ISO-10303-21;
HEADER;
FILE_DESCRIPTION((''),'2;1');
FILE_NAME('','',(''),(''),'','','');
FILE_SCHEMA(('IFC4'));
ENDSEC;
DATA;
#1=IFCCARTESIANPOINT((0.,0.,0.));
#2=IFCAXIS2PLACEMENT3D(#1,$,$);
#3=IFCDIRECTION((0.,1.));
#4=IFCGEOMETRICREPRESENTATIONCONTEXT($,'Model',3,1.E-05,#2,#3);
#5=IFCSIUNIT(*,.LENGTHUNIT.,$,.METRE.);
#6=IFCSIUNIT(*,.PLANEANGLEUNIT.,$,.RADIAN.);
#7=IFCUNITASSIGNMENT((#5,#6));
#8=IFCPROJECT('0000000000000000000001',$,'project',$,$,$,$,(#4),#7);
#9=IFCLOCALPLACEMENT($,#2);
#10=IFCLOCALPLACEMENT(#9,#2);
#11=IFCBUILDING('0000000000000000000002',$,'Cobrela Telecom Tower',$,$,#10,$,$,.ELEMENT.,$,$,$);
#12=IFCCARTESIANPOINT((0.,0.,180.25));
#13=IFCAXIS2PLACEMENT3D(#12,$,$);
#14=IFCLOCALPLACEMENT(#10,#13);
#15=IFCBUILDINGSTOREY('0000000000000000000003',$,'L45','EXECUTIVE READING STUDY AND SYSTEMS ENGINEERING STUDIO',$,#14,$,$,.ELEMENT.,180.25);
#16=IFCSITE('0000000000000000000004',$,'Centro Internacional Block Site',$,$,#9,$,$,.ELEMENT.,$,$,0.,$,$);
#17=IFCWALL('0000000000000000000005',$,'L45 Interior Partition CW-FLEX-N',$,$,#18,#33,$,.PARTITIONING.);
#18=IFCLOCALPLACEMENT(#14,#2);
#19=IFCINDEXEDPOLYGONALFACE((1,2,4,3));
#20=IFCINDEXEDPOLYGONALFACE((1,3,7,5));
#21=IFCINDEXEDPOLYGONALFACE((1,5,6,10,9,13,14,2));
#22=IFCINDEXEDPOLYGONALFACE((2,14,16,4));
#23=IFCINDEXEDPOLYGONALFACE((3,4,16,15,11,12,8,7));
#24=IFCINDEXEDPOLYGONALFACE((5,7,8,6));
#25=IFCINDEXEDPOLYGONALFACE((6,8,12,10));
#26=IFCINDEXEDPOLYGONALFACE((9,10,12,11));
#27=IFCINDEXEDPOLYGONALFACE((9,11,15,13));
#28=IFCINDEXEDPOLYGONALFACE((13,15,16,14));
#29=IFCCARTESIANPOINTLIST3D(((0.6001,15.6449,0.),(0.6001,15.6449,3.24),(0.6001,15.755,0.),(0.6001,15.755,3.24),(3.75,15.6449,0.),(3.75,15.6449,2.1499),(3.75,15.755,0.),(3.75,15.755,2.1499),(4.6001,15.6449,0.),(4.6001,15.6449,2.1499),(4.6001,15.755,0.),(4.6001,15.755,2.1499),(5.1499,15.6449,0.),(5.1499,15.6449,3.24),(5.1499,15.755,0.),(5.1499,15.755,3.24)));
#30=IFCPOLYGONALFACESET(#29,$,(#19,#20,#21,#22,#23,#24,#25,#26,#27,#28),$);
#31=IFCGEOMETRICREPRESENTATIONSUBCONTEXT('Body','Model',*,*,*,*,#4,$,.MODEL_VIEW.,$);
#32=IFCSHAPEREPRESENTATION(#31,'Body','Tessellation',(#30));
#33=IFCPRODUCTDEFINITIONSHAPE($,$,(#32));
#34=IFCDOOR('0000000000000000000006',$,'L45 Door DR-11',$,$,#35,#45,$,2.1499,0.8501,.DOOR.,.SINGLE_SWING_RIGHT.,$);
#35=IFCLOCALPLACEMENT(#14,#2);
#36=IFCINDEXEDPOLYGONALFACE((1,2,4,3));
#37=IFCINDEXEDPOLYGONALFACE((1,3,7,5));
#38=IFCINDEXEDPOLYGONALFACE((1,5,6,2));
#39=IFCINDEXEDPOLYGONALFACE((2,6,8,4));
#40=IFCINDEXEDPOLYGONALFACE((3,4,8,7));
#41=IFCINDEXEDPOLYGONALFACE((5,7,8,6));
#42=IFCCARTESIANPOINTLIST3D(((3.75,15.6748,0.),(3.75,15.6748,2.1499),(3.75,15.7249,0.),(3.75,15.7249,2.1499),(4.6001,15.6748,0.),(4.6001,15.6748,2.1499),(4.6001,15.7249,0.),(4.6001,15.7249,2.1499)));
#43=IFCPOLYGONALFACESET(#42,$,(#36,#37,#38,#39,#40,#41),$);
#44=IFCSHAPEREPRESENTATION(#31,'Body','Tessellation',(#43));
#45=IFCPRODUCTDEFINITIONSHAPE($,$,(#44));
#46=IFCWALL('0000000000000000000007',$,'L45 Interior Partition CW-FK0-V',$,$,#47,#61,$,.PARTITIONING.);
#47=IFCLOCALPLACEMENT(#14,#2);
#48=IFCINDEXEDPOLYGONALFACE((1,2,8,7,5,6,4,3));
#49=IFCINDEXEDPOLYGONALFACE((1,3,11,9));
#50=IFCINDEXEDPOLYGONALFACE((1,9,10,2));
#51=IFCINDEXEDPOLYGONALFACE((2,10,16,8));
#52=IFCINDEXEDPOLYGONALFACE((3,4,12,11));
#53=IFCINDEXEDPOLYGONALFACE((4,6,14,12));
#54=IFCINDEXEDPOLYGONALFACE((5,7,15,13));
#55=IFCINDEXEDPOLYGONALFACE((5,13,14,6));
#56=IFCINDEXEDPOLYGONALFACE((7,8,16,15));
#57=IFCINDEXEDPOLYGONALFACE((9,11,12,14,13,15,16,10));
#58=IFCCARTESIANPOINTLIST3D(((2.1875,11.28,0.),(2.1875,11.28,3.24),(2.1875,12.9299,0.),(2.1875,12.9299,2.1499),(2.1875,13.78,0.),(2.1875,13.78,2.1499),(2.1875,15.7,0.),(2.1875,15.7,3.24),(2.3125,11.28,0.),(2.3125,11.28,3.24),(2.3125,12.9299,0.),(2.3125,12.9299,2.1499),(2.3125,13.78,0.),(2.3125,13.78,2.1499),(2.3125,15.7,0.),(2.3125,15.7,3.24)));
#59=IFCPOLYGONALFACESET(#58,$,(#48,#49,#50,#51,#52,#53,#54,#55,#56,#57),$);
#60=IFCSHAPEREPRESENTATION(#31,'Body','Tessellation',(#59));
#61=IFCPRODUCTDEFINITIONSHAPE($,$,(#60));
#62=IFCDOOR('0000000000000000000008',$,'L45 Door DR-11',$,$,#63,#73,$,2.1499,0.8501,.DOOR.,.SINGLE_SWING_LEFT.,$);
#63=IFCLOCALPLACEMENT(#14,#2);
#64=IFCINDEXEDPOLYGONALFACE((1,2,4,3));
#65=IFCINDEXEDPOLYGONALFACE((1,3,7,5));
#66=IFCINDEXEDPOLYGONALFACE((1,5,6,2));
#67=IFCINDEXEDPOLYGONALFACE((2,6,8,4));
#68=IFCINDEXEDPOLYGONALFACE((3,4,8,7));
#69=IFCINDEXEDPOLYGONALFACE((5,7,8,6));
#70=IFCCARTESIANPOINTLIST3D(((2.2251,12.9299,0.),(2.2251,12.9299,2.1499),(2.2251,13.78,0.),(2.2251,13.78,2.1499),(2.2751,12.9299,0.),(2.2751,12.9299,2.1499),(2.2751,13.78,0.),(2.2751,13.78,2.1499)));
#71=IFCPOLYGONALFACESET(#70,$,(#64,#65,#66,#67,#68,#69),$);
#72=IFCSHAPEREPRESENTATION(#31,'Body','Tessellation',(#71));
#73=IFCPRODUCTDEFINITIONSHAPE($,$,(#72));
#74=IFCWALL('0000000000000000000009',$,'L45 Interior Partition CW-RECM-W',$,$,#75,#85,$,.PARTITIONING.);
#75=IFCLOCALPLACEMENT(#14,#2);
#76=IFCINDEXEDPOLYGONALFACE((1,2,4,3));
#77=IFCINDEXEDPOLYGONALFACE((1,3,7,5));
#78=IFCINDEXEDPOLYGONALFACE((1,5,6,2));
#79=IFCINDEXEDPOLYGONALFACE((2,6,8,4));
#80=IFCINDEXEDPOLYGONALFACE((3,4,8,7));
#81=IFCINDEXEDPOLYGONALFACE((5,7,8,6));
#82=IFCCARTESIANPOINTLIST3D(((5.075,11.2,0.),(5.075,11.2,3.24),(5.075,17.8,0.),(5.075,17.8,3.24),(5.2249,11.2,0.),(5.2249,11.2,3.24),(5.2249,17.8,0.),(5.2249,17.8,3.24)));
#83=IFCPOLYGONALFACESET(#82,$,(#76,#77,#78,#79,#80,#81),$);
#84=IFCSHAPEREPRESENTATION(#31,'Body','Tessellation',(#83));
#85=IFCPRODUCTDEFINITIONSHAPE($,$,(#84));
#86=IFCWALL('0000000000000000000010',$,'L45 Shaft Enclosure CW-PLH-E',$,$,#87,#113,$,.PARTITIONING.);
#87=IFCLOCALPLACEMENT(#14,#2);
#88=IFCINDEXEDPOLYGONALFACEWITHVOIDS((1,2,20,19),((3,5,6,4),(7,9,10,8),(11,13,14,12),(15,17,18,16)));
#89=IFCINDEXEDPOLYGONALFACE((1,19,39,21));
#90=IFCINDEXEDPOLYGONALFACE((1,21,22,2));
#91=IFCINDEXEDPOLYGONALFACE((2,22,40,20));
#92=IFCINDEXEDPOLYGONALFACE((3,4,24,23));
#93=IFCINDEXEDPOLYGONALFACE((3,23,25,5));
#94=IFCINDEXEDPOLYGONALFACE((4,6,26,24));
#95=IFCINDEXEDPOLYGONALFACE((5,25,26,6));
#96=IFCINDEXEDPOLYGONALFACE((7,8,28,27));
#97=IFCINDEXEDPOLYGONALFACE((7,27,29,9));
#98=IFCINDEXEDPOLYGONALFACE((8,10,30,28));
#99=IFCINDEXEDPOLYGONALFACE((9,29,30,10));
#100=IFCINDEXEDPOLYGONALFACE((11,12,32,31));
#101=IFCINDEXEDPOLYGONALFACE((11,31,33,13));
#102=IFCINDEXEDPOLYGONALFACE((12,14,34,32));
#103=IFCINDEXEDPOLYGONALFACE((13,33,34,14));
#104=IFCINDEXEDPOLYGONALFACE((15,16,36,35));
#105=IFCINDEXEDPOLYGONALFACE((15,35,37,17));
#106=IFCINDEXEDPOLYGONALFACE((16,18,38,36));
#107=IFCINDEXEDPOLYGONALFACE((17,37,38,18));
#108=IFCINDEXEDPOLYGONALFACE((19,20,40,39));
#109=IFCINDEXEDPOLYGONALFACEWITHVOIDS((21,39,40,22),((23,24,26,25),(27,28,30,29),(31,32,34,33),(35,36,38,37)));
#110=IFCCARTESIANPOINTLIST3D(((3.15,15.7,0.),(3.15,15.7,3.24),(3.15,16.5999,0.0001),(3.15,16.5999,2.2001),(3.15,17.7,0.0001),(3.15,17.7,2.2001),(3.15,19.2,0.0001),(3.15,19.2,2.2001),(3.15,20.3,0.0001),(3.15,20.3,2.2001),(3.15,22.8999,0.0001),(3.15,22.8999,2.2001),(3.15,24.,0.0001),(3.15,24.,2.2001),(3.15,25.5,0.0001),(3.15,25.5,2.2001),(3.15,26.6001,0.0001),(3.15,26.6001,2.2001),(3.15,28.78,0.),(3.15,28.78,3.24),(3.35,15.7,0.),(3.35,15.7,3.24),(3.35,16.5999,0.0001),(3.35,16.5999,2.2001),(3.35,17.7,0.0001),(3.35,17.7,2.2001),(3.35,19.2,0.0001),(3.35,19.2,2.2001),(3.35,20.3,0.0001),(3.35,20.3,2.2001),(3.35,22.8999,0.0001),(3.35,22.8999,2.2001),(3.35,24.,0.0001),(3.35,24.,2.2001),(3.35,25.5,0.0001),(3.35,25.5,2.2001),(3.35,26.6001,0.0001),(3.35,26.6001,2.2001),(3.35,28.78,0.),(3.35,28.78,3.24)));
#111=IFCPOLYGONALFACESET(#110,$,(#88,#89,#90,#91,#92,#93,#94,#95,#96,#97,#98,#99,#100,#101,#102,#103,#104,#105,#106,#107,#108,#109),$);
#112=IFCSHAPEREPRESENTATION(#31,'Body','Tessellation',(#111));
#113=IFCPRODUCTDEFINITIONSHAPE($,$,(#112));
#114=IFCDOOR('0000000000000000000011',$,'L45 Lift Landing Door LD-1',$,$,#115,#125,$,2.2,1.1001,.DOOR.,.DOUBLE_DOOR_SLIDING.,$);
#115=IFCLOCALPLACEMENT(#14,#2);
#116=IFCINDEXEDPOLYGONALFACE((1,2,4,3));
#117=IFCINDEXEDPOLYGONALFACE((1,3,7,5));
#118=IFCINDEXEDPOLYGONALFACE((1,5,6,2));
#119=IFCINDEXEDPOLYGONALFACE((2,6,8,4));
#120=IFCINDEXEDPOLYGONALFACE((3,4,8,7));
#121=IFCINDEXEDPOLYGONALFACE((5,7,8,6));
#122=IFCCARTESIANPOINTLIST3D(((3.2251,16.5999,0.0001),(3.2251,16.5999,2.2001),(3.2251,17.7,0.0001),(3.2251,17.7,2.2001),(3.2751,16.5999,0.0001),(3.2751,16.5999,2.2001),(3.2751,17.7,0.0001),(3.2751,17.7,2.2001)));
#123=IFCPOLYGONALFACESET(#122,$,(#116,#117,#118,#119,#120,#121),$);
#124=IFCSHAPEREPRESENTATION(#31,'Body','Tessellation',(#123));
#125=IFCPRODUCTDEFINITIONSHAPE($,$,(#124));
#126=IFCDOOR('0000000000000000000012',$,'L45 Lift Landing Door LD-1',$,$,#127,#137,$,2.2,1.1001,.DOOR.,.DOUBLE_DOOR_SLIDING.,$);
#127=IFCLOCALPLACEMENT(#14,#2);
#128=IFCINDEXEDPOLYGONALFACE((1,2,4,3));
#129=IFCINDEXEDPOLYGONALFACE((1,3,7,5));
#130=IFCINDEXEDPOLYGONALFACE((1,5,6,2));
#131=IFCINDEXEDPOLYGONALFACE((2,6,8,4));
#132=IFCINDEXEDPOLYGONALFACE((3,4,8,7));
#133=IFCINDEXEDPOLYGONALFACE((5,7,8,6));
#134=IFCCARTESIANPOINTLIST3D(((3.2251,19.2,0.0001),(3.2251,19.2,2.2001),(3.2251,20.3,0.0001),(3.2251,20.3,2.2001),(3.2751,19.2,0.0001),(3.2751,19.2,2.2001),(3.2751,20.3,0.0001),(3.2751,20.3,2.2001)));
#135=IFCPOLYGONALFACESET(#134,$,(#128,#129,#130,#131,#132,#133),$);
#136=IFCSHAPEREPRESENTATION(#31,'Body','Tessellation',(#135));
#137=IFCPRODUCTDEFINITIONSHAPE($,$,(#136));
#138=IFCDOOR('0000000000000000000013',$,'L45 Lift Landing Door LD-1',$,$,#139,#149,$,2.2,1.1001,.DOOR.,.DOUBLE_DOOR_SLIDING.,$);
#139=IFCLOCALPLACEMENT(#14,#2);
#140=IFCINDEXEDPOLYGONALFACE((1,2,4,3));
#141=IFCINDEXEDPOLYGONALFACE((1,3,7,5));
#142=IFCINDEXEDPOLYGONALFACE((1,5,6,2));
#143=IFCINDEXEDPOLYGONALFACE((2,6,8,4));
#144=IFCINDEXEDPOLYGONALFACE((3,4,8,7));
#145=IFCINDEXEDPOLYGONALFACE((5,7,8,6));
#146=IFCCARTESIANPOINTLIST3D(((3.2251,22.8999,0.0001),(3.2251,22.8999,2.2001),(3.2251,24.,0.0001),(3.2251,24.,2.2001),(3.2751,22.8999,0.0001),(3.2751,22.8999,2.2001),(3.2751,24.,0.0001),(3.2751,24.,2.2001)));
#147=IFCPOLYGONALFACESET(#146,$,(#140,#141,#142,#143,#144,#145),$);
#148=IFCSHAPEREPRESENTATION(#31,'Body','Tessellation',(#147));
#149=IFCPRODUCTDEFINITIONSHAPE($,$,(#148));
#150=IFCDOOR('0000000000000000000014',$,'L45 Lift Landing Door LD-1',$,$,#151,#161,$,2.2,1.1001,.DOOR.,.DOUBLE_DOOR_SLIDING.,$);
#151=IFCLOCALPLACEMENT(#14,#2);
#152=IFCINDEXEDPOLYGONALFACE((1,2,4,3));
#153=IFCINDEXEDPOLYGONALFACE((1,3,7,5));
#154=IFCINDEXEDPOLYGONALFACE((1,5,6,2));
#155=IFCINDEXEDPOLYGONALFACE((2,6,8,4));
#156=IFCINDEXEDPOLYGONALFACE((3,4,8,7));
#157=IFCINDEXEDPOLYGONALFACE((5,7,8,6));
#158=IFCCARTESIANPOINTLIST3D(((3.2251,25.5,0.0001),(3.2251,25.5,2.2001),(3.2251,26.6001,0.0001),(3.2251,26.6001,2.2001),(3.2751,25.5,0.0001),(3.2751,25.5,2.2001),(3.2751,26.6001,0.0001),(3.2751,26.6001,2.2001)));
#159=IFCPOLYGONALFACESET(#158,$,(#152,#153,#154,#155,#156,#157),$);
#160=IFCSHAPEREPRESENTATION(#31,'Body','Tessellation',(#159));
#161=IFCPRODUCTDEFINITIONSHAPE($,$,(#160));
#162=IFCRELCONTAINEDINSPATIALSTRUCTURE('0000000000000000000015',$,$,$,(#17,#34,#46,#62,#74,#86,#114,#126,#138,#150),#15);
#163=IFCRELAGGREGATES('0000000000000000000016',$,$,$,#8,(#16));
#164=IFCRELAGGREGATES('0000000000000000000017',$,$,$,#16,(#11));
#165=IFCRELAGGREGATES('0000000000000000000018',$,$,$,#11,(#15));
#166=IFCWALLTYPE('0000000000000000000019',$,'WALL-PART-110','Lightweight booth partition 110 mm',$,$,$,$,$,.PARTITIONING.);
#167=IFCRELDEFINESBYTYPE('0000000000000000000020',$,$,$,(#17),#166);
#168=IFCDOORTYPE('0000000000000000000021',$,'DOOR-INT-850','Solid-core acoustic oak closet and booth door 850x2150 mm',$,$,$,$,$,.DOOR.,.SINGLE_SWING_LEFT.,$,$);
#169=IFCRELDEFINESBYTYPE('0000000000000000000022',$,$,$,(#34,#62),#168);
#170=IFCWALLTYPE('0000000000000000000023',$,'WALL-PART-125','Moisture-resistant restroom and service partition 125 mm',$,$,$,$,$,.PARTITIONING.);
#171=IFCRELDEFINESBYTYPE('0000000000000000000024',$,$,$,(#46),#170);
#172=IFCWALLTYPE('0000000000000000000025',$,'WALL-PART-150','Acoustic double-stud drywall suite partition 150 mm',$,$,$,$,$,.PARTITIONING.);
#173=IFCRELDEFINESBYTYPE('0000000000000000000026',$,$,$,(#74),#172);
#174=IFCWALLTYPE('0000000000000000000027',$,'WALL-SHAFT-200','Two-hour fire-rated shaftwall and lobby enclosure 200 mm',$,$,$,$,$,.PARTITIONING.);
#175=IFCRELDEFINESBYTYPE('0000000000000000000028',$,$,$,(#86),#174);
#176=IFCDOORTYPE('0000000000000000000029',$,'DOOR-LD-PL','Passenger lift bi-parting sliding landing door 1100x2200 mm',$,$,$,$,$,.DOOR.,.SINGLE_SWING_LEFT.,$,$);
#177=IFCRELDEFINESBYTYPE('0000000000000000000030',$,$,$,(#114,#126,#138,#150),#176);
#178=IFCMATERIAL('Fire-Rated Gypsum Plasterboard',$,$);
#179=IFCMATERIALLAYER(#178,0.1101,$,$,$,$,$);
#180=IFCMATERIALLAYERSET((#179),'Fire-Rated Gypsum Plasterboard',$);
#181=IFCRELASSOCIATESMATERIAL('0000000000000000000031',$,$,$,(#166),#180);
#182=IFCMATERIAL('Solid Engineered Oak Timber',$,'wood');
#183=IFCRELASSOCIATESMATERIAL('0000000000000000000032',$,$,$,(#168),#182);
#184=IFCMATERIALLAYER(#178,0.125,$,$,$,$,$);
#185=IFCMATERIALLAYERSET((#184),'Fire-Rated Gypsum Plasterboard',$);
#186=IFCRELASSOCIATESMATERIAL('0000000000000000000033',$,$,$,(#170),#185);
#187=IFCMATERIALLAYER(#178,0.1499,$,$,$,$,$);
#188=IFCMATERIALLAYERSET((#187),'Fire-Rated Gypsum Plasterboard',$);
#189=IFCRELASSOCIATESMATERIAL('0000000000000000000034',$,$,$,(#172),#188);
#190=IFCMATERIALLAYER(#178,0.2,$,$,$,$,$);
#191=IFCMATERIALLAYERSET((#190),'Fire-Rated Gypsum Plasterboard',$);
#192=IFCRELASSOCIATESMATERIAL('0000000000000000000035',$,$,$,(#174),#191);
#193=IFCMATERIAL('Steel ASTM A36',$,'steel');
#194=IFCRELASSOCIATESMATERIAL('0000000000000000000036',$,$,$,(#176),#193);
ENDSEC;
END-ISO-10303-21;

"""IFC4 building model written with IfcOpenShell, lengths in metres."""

from ifc_helpers import new_model, si_unit, direction, frame, frame_2d, origin, place, context, subcontext, project, spatial, rectangle, extrude, material, layer, layer_set, type_object, element, fill, save


model = new_model("IFC4")

# Units and contexts
model_context = context("Model", 3, precision=1e-05, world=origin(), true_north=direction((0.0, 1.0)))
body_context = subcontext(model_context, "Body", "Model", "MODEL_VIEW")
ifc_project = project(units=[si_unit("LENGTHUNIT", "METRE"), si_unit("PLANEANGLEUNIT", "RADIAN")], contexts=[model_context])

# Site, building, storey
site_placement = place(None, origin())
site = spatial("IfcSite", under=ifc_project, at=site_placement, Name="Centro Internacional Block Site", CompositionType="ELEMENT", RefElevation=0.0)
building_placement = place(site_placement, origin())
building = spatial("IfcBuilding", under=site, at=building_placement, Name="Cobrela Telecom Tower", CompositionType="ELEMENT")
storey_placement = place(building_placement, frame((0.0, 0.0, 180.25)))
storey = spatial("IfcBuildingStorey", under=building, at=storey_placement, Name="L45", Description="EXECUTIVE READING STUDY AND SYSTEMS ENGINEERING STUDIO", CompositionType="ELEMENT", Elevation=180.25)

# Walls, openings, doors
ifc_material_1 = material(Name="Fire-Rated Gypsum Plasterboard")
ifc_layer_1 = layer(ifc_material_1, 0.1101)
ifc_layer_set_1 = layer_set([ifc_layer_1], Name="Fire-Rated Gypsum Plasterboard")
wall_type_1 = type_object("IfcWallType", Name="WALL-PART-110", Description="Lightweight booth partition 110 mm", PredefinedType="PARTITIONING", material=ifc_layer_set_1)
wall_1_placement = place(storey_placement, frame((0.6001, 15.7, 0.0), z_axis=(0.0, 0.0, 1.0), x_axis=(1.0, 0.0, 0.0)))
wall_1 = element("IfcWall", 1, at=wall_1_placement, inside=storey, type_object=wall_type_1, Name="L45 Interior Partition CW-FLEX-N", PredefinedType="PARTITIONING", context=body_context, shape_type="SweptSolid", body=[
    extrude(rectangle(XDim=4.5498, YDim=0.1101, at=frame_2d((2.2749, 0.0))), origin(), (0.0, 0.0, 1.0), 3.24),
])
opening_1_placement = place(wall_1_placement, frame((3.1499, 0.0, 0.0)))
opening_1 = element("IfcOpeningElement", 2, at=opening_1_placement, cuts=wall_1, PredefinedType="OPENING", context=body_context, shape_type="SweptSolid", body=[
    extrude(rectangle(XDim=0.8501, YDim=2.1499, at=frame_2d((0.425, 1.075))), frame((0.0, 0.0669, 0.0), z_axis=(0.0, -1.0, 0.0), x_axis=(1.0, 0.0, 0.0)), (0.0, 0.0, 1.0), 0.134),
])
ifc_material_2 = material(Name="Solid Engineered Oak Timber", Category="wood")
door_type_1 = type_object("IfcDoorType", Name="DOOR-INT-850", Description="Solid-core acoustic oak closet and booth door 850x2150 mm", OperationType="SINGLE_SWING_LEFT", PredefinedType="DOOR", material=ifc_material_2)
door_1_placement = place(opening_1_placement, origin())
door_1 = element("IfcDoor", 3, at=door_1_placement, inside=storey, type_object=door_type_1, Name="L45 Door DR-11", OperationType="SINGLE_SWING_RIGHT", OverallHeight=2.1499, OverallWidth=0.8501, PredefinedType="DOOR", context=body_context, shape_type="SweptSolid", body=[
    extrude(rectangle(XDim=0.8501, YDim=2.1499, at=frame_2d((0.425, 1.075))), frame((0.0, 0.0249, 0.0), z_axis=(0.0, -1.0, 0.0), x_axis=(1.0, 0.0, 0.0)), (0.0, 0.0, 1.0), 0.05),
])
fill(opening_1, door_1)
ifc_layer_2 = layer(ifc_material_1, 0.125)
ifc_layer_set_2 = layer_set([ifc_layer_2], Name="Fire-Rated Gypsum Plasterboard")
wall_type_2 = type_object("IfcWallType", Name="WALL-PART-125", Description="Moisture-resistant restroom and service partition 125 mm", PredefinedType="PARTITIONING", material=ifc_layer_set_2)
wall_2_placement = place(storey_placement, frame((2.25, 11.28, 0.0), z_axis=(0.0, 0.0, 1.0), x_axis=(0.0, 1.0, 0.0)))
wall_2 = element("IfcWall", 4, at=wall_2_placement, inside=storey, type_object=wall_type_2, Name="L45 Interior Partition CW-FK0-V", PredefinedType="PARTITIONING", context=body_context, shape_type="SweptSolid", body=[
    extrude(rectangle(XDim=4.4199, YDim=0.125, at=frame_2d((2.21, 0.0))), origin(), (0.0, 0.0, 1.0), 3.24),
])
opening_2_placement = place(wall_2_placement, frame((1.6499, 0.0, 0.0)))
opening_2 = element("IfcOpeningElement", 5, at=opening_2_placement, cuts=wall_2, PredefinedType="OPENING", context=body_context, shape_type="SweptSolid", body=[
    extrude(rectangle(XDim=0.8501, YDim=2.1499, at=frame_2d((0.425, 1.075))), frame((0.0, 0.0745, 0.0), z_axis=(0.0, -1.0, 0.0), x_axis=(1.0, 0.0, 0.0)), (0.0, 0.0, 1.0), 0.1489),
])
door_2_placement = place(opening_2_placement, origin())
door_2 = element("IfcDoor", 6, at=door_2_placement, inside=storey, type_object=door_type_1, Name="L45 Door DR-11", OperationType="SINGLE_SWING_LEFT", OverallHeight=2.1499, OverallWidth=0.8501, PredefinedType="DOOR", context=body_context, shape_type="SweptSolid", body=[
    extrude(rectangle(XDim=0.8501, YDim=2.1499, at=frame_2d((0.425, 1.075))), frame((0.0, 0.0249, 0.0), z_axis=(0.0, -1.0, 0.0), x_axis=(1.0, 0.0, 0.0)), (0.0, 0.0, 1.0), 0.05),
])
fill(opening_2, door_2)

# Wall
ifc_layer_3 = layer(ifc_material_1, 0.1499)
ifc_layer_set_3 = layer_set([ifc_layer_3], Name="Fire-Rated Gypsum Plasterboard")
wall_type_3 = type_object("IfcWallType", Name="WALL-PART-150", Description="Acoustic double-stud drywall suite partition 150 mm", PredefinedType="PARTITIONING", material=ifc_layer_set_3)
wall_3_placement = place(storey_placement, frame((5.1499, 11.2, 0.0), z_axis=(0.0, 0.0, 1.0), x_axis=(0.0, 1.0, 0.0)))
element("IfcWall", 7, at=wall_3_placement, inside=storey, type_object=wall_type_3, Name="L45 Interior Partition CW-RECM-W", PredefinedType="PARTITIONING", context=body_context, shape_type="SweptSolid", body=[
    extrude(rectangle(XDim=6.6001, YDim=0.1499, at=frame_2d((3.3, 0.0))), origin(), (0.0, 0.0, 1.0), 3.24),
])

# Wall, openings, doors
ifc_layer_4 = layer(ifc_material_1, 0.2)
ifc_layer_set_4 = layer_set([ifc_layer_4], Name="Fire-Rated Gypsum Plasterboard")
wall_type_4 = type_object("IfcWallType", Name="WALL-SHAFT-200", Description="Two-hour fire-rated shaftwall and lobby enclosure 200 mm", PredefinedType="PARTITIONING", material=ifc_layer_set_4)
wall_4_placement = place(storey_placement, frame((3.25, 15.7, 0.0), z_axis=(0.0, 0.0, 1.0), x_axis=(0.0, 1.0, 0.0)))
wall_4 = element("IfcWall", 8, at=wall_4_placement, inside=storey, type_object=wall_type_4, Name="L45 Shaft Enclosure CW-PLH-E", PredefinedType="PARTITIONING", context=body_context, shape_type="SweptSolid", body=[
    extrude(rectangle(XDim=13.0801, YDim=0.2, at=frame_2d((6.54, 0.0))), origin(), (0.0, 0.0, 1.0), 3.24),
])
opening_3_placement = place(wall_4_placement, frame((0.8999, 0.0, 0.0)))
opening_3 = element("IfcOpeningElement", 9, at=opening_3_placement, cuts=wall_4, PredefinedType="OPENING", context=body_context, shape_type="SweptSolid", body=[
    extrude(rectangle(XDim=1.1001, YDim=2.2, at=frame_2d((0.55, 1.1001))), frame((0.0, 0.1118, 0.0), z_axis=(0.0, -1.0, 0.0), x_axis=(1.0, 0.0, 0.0)), (0.0, 0.0, 1.0), 0.2239),
])
opening_4_placement = place(wall_4_placement, frame((3.5, 0.0, 0.0)))
opening_4 = element("IfcOpeningElement", 10, at=opening_4_placement, cuts=wall_4, PredefinedType="OPENING", context=body_context, shape_type="SweptSolid", body=[
    extrude(rectangle(XDim=1.1001, YDim=2.2, at=frame_2d((0.55, 1.1001))), frame((0.0, 0.1118, 0.0), z_axis=(0.0, -1.0, 0.0), x_axis=(1.0, 0.0, 0.0)), (0.0, 0.0, 1.0), 0.2239),
])
opening_5_placement = place(wall_4_placement, frame((7.2, 0.0, 0.0)))
opening_5 = element("IfcOpeningElement", 11, at=opening_5_placement, cuts=wall_4, PredefinedType="OPENING", context=body_context, shape_type="SweptSolid", body=[
    extrude(rectangle(XDim=1.1001, YDim=2.2, at=frame_2d((0.55, 1.1001))), frame((0.0, 0.1118, 0.0), z_axis=(0.0, -1.0, 0.0), x_axis=(1.0, 0.0, 0.0)), (0.0, 0.0, 1.0), 0.2239),
])
opening_6_placement = place(wall_4_placement, frame((9.8, 0.0, 0.0)))
opening_6 = element("IfcOpeningElement", 12, at=opening_6_placement, cuts=wall_4, PredefinedType="OPENING", context=body_context, shape_type="SweptSolid", body=[
    extrude(rectangle(XDim=1.1001, YDim=2.2, at=frame_2d((0.55, 1.1001))), frame((0.0, 0.1118, 0.0), z_axis=(0.0, -1.0, 0.0), x_axis=(1.0, 0.0, 0.0)), (0.0, 0.0, 1.0), 0.2239),
])
ifc_material_3 = material(Name="Steel ASTM A36", Category="steel")
door_type_2 = type_object("IfcDoorType", Name="DOOR-LD-PL", Description="Passenger lift bi-parting sliding landing door 1100x2200 mm", OperationType="SINGLE_SWING_LEFT", PredefinedType="DOOR", material=ifc_material_3)
door_3_placement = place(opening_3_placement, origin())
door_3 = element("IfcDoor", 13, at=door_3_placement, inside=storey, type_object=door_type_2, Name="L45 Lift Landing Door LD-1", OperationType="DOUBLE_DOOR_SLIDING", OverallHeight=2.2, OverallWidth=1.1001, PredefinedType="DOOR", context=body_context, shape_type="SweptSolid", body=[
    extrude(rectangle(XDim=1.1001, YDim=2.2, at=frame_2d((0.55, 1.1001))), frame((0.0, 0.0249, 0.0), z_axis=(0.0, -1.0, 0.0), x_axis=(1.0, 0.0, 0.0)), (0.0, 0.0, 1.0), 0.05),
])
fill(opening_3, door_3)
door_4_placement = place(opening_4_placement, origin())
door_4 = element("IfcDoor", 14, at=door_4_placement, inside=storey, type_object=door_type_2, Name="L45 Lift Landing Door LD-1", OperationType="DOUBLE_DOOR_SLIDING", OverallHeight=2.2, OverallWidth=1.1001, PredefinedType="DOOR", context=body_context, shape_type="SweptSolid", body=[
    extrude(rectangle(XDim=1.1001, YDim=2.2, at=frame_2d((0.55, 1.1001))), frame((0.0, 0.0249, 0.0), z_axis=(0.0, -1.0, 0.0), x_axis=(1.0, 0.0, 0.0)), (0.0, 0.0, 1.0), 0.05),
])
fill(opening_4, door_4)
door_5_placement = place(opening_5_placement, origin())
door_5 = element("IfcDoor", 15, at=door_5_placement, inside=storey, type_object=door_type_2, Name="L45 Lift Landing Door LD-1", OperationType="DOUBLE_DOOR_SLIDING", OverallHeight=2.2, OverallWidth=1.1001, PredefinedType="DOOR", context=body_context, shape_type="SweptSolid", body=[
    extrude(rectangle(XDim=1.1001, YDim=2.2, at=frame_2d((0.55, 1.1001))), frame((0.0, 0.0249, 0.0), z_axis=(0.0, -1.0, 0.0), x_axis=(1.0, 0.0, 0.0)), (0.0, 0.0, 1.0), 0.05),
])
fill(opening_5, door_5)
door_6_placement = place(opening_6_placement, origin())
door_6 = element("IfcDoor", 16, at=door_6_placement, inside=storey, type_object=door_type_2, Name="L45 Lift Landing Door LD-1", OperationType="DOUBLE_DOOR_SLIDING", OverallHeight=2.2, OverallWidth=1.1001, PredefinedType="DOOR", context=body_context, shape_type="SweptSolid", body=[
    extrude(rectangle(XDim=1.1001, YDim=2.2, at=frame_2d((0.55, 1.1001))), frame((0.0, 0.0249, 0.0), z_axis=(0.0, -1.0, 0.0), x_axis=(1.0, 0.0, 0.0)), (0.0, 0.0, 1.0), 0.05),
])
fill(opening_6, door_6)

save(model, "model.ifc")
